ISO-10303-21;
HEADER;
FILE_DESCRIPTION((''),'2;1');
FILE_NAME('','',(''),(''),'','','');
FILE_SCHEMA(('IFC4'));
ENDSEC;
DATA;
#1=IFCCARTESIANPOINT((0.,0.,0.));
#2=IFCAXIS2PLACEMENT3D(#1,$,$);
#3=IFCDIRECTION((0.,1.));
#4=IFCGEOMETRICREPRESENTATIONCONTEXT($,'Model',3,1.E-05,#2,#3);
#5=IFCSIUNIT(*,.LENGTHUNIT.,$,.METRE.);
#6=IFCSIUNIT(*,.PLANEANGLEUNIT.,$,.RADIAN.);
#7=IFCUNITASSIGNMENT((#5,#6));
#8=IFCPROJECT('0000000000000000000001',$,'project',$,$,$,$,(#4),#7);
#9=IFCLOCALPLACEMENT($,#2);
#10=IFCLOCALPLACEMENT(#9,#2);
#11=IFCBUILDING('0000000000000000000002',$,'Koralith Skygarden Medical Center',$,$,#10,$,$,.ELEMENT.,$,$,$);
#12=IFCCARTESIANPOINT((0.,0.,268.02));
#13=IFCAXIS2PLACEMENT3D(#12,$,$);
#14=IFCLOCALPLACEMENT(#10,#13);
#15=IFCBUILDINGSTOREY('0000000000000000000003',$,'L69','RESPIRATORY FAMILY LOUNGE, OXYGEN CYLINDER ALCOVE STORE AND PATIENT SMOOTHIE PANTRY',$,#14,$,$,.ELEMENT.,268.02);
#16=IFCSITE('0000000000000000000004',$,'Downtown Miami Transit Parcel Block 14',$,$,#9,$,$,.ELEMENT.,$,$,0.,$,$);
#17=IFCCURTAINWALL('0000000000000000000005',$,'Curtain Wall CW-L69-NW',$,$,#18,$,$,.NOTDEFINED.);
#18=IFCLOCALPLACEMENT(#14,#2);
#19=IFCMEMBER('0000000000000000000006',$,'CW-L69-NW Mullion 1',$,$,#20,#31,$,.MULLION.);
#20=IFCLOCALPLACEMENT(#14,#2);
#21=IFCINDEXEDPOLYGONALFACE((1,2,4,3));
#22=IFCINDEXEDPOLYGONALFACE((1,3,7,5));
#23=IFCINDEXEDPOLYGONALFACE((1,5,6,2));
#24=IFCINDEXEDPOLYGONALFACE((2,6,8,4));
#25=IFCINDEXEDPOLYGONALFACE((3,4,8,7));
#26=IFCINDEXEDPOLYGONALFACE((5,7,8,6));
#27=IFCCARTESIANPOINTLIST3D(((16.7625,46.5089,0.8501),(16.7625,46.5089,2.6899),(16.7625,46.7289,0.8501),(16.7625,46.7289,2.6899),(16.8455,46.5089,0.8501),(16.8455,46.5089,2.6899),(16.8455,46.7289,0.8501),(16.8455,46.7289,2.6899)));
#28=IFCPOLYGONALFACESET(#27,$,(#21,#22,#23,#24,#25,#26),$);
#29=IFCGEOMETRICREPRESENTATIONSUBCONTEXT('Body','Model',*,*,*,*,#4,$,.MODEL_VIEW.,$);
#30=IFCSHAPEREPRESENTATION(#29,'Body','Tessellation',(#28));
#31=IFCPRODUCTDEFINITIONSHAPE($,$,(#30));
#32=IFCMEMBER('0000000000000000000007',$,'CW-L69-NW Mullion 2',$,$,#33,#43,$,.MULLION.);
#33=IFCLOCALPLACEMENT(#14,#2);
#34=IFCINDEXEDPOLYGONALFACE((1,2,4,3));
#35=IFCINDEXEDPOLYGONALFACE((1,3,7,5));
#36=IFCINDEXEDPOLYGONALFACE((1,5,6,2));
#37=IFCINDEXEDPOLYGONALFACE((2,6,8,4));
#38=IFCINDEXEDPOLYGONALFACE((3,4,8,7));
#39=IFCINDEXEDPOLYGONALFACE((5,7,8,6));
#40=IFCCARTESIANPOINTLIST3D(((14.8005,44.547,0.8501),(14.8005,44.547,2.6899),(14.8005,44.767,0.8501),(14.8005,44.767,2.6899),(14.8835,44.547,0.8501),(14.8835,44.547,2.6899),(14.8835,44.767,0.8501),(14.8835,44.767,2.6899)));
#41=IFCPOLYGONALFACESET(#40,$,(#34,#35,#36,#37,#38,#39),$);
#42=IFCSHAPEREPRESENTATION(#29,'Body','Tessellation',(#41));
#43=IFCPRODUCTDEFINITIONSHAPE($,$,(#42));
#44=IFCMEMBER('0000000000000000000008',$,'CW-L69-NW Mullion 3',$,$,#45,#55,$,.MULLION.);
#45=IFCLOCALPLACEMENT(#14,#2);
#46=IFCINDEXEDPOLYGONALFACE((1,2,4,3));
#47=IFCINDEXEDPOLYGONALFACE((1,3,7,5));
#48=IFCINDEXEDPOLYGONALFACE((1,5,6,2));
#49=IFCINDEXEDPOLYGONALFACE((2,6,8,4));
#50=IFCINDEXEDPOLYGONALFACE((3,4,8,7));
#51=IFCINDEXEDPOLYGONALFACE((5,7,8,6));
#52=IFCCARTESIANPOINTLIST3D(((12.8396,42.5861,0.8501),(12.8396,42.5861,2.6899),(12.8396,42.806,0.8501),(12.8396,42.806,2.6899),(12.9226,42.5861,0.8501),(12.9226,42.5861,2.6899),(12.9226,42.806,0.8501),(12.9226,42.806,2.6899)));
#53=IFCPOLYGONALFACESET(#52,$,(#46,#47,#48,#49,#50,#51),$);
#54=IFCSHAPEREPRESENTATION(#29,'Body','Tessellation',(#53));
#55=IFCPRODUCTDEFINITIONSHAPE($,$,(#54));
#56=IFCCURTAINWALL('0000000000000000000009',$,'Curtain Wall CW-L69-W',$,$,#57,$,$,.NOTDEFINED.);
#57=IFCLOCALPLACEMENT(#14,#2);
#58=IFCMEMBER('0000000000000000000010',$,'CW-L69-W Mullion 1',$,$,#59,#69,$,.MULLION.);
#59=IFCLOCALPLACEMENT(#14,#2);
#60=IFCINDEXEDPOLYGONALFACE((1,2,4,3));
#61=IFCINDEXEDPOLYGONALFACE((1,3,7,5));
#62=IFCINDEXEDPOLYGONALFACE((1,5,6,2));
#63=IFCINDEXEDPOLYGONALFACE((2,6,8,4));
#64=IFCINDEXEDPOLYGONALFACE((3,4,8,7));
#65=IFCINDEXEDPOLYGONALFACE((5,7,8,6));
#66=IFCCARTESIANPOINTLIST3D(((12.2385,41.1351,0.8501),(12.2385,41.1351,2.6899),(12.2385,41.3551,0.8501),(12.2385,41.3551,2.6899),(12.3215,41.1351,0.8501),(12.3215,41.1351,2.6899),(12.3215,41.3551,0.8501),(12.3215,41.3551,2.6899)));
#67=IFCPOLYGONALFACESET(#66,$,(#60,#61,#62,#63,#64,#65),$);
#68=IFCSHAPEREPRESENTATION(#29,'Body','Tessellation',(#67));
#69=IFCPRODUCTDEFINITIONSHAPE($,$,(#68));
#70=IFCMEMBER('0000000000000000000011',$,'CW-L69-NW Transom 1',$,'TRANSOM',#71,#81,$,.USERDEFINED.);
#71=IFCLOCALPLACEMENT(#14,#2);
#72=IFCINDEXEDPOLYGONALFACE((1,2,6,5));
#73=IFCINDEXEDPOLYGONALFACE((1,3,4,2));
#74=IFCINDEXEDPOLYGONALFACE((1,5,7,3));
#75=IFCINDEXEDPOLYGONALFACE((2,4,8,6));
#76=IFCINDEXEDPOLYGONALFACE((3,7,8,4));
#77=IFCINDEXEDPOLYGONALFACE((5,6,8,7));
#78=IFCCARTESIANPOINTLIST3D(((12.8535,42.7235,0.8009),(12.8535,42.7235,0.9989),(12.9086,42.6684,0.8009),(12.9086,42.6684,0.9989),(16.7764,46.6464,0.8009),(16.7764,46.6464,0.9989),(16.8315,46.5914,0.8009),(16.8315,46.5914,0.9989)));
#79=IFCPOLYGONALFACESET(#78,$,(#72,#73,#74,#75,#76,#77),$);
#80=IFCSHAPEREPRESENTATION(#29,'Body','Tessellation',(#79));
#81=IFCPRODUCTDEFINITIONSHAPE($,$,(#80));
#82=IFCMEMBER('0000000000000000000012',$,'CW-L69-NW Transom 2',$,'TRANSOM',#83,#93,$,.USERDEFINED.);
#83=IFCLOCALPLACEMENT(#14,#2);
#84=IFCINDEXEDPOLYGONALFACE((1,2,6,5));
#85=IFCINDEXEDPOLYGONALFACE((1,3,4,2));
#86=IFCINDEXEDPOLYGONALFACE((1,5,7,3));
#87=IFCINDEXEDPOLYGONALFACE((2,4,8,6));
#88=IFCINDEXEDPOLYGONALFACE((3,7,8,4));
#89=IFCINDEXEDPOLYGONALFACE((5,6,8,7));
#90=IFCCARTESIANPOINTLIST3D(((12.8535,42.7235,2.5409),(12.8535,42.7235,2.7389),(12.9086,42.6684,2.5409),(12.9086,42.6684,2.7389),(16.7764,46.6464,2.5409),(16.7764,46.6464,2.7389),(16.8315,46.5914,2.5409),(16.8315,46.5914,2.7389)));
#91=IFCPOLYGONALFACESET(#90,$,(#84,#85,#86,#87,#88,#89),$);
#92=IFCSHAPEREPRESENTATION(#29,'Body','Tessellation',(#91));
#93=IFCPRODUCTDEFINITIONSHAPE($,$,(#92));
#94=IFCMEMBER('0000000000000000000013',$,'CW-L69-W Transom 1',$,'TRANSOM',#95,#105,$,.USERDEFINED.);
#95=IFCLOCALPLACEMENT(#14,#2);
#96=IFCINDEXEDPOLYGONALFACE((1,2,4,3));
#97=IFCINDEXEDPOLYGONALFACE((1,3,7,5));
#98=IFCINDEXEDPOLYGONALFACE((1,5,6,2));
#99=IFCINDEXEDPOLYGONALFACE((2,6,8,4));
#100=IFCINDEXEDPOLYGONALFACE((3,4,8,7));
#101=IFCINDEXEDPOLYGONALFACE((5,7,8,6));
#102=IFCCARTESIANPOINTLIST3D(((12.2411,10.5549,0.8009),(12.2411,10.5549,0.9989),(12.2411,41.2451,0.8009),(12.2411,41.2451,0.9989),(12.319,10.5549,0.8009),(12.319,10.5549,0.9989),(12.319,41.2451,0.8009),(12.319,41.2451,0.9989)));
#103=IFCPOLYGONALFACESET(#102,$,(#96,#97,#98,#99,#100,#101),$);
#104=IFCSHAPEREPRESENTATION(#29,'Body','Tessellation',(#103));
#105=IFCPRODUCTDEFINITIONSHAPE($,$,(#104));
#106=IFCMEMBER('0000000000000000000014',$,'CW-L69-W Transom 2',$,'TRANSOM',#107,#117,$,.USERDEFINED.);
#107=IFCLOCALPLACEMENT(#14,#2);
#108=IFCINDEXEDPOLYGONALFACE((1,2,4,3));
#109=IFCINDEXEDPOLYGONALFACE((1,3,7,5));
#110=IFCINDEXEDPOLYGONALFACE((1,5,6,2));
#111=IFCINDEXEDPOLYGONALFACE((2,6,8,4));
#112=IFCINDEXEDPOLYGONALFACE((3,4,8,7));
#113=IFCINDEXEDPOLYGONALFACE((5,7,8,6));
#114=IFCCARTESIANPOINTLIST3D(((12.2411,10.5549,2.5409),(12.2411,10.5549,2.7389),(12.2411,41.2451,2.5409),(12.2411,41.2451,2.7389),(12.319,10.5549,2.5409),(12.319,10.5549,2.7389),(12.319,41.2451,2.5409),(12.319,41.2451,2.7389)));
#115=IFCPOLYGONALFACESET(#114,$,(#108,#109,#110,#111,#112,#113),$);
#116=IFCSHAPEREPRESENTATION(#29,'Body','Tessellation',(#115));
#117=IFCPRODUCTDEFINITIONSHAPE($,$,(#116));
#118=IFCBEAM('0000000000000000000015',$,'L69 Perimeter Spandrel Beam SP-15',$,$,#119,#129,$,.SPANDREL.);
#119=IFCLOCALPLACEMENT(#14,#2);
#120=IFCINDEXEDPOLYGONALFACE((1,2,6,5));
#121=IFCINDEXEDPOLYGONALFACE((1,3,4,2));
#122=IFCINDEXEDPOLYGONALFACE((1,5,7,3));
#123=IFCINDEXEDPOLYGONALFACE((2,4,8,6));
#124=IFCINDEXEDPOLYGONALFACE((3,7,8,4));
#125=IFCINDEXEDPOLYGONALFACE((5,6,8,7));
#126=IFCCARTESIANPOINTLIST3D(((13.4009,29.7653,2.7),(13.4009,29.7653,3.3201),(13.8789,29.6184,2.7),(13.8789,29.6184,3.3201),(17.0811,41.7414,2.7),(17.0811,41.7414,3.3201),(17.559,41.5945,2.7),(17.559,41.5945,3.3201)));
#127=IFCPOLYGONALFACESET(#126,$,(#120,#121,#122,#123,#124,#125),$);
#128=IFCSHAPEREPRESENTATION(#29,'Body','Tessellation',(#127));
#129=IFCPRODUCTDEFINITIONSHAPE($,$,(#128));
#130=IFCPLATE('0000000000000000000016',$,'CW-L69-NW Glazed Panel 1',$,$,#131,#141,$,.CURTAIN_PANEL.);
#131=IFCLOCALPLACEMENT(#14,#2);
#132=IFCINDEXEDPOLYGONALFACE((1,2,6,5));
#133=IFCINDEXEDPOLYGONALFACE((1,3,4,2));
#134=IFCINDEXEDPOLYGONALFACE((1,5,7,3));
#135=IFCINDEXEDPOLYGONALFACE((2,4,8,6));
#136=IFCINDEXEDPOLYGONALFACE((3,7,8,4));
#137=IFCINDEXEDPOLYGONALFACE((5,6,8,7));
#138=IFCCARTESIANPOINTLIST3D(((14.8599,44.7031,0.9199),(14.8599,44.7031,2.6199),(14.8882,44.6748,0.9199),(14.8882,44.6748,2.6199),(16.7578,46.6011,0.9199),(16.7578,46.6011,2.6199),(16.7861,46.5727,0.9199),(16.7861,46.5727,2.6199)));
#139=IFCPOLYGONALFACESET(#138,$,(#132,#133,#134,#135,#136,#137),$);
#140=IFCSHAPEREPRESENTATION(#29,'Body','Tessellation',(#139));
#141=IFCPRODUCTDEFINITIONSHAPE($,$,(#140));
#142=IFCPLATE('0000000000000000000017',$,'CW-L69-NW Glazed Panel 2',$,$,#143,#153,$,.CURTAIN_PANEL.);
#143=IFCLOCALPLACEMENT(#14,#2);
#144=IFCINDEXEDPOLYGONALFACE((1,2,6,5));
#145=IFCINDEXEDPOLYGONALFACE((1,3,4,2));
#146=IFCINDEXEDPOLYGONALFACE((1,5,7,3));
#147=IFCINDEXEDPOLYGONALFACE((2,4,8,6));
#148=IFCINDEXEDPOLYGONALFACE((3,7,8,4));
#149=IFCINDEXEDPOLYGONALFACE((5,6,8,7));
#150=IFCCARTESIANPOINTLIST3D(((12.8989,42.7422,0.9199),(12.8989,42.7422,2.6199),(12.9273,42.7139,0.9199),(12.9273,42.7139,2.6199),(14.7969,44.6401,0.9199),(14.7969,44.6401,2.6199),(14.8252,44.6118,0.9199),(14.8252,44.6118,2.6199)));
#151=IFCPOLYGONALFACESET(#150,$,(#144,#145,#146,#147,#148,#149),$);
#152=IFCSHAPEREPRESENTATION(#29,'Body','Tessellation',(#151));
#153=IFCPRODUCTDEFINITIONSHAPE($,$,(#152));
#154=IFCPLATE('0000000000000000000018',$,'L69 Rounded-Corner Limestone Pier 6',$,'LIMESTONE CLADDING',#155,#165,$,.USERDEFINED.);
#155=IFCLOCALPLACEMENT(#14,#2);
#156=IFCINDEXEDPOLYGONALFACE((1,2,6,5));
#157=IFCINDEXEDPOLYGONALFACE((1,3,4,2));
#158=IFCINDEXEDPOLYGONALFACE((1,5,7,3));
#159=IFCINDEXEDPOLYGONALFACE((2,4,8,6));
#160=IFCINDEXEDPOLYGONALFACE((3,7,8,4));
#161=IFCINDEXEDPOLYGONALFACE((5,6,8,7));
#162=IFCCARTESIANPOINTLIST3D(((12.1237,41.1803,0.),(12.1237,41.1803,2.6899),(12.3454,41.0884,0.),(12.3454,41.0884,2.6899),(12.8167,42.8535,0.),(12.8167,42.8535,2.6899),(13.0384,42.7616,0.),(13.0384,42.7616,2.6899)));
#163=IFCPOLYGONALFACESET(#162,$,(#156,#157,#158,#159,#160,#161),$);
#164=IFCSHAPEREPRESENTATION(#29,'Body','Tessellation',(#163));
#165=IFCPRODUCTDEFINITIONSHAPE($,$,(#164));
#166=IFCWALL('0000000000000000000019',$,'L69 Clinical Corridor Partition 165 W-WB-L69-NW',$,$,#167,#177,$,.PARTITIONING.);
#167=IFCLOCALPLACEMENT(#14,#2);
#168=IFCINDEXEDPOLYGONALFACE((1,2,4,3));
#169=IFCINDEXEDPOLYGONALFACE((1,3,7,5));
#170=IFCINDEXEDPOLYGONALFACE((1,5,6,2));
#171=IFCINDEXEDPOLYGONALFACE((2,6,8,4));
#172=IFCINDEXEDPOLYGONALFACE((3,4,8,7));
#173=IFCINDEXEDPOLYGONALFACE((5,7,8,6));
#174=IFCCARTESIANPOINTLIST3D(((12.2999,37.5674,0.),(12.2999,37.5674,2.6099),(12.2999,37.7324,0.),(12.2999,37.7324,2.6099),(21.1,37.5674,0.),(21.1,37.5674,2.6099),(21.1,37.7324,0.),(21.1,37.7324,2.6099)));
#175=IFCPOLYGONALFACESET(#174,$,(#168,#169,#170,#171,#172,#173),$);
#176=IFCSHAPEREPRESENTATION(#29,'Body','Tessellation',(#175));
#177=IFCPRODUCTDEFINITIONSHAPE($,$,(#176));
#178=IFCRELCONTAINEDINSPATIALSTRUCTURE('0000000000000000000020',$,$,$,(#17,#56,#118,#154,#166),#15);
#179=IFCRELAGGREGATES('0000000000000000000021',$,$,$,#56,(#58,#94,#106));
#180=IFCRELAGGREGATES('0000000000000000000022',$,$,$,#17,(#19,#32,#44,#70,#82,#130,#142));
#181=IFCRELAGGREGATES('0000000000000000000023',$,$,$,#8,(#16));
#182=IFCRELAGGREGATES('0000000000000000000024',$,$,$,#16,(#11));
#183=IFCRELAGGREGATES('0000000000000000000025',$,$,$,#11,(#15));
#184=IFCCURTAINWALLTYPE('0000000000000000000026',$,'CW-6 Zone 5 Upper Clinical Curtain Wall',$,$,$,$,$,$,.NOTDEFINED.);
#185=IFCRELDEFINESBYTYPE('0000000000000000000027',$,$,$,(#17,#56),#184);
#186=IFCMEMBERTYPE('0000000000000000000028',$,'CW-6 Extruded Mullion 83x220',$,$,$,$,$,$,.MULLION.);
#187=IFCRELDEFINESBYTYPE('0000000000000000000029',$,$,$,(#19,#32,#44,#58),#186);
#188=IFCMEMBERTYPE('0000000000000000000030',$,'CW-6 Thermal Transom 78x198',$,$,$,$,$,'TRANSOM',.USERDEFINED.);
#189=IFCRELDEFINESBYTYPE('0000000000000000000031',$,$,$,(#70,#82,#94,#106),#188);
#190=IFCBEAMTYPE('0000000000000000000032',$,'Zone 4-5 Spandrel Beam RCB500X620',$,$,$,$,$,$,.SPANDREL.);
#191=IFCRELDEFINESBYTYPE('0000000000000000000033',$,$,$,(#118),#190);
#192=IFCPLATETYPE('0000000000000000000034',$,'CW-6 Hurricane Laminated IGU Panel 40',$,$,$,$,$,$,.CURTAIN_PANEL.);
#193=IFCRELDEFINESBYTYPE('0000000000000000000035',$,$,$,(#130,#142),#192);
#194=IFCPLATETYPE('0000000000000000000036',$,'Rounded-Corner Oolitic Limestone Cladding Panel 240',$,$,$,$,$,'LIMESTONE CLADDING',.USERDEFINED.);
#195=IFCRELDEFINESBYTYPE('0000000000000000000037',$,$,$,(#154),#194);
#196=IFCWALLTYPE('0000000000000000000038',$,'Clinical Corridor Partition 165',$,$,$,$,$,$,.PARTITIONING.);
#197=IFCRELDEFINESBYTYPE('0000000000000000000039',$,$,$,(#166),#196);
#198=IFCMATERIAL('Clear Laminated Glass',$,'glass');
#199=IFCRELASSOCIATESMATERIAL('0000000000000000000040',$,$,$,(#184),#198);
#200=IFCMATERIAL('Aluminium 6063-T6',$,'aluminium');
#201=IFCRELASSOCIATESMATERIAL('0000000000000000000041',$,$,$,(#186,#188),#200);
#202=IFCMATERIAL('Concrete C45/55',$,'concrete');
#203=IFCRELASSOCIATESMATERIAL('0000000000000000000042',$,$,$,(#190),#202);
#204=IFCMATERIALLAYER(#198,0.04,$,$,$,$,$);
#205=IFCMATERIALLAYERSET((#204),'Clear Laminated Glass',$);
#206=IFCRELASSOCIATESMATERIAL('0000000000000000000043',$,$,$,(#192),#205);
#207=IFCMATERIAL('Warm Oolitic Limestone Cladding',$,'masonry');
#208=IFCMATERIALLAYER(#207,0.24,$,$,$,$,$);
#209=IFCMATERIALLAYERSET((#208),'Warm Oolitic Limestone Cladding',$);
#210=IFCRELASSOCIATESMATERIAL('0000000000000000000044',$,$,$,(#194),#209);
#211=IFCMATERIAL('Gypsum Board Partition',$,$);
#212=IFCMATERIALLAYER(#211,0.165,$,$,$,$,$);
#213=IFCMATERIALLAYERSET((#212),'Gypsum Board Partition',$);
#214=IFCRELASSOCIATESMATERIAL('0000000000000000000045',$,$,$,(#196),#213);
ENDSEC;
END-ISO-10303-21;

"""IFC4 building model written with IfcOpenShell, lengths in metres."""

from ifc_helpers import new_model, si_unit, direction, frame, frame_2d, origin, origin_2d, place, context, subcontext, project, spatial, rectangle, extrude, material, layer, layer_set, material_profile, profile_set, type_object, element, aggregate, save


model = new_model("IFC4")

# Units and contexts
model_context = context("Model", 3, precision=1e-05, world=origin(), true_north=direction((0.0, 1.0)))
body_context = subcontext(model_context, "Body", "Model", "MODEL_VIEW")
ifc_project = project(units=[si_unit("LENGTHUNIT", "METRE"), si_unit("PLANEANGLEUNIT", "RADIAN")], contexts=[model_context])

# Site, building, storey
site_placement = place(None, origin())
site = spatial("IfcSite", under=ifc_project, at=site_placement, Name="Downtown Miami Transit Parcel Block 14", CompositionType="ELEMENT", RefElevation=0.0)
building_placement = place(site_placement, origin())
building = spatial("IfcBuilding", under=site, at=building_placement, Name="Koralith Skygarden Medical Center", CompositionType="ELEMENT")
storey_placement = place(building_placement, frame((0.0, 0.0, 268.02)))
storey = spatial("IfcBuildingStorey", under=building, at=storey_placement, Name="L69", Description="RESPIRATORY FAMILY LOUNGE, OXYGEN CYLINDER ALCOVE STORE AND PATIENT SMOOTHIE PANTRY", CompositionType="ELEMENT", Elevation=268.02)

# Curtain wall, members
ifc_material_1 = material(Name="Clear Laminated Glass", Category="glass")
curtain_wall_type = type_object("IfcCurtainWallType", Name="CW-6 Zone 5 Upper Clinical Curtain Wall", PredefinedType="NOTDEFINED", material=ifc_material_1)
curtain_wall_1_placement = place(storey_placement, origin())
curtain_wall_1 = element("IfcCurtainWall", 1, at=curtain_wall_1_placement, inside=storey, type_object=curtain_wall_type, Name="Curtain Wall CW-L69-NW", PredefinedType="NOTDEFINED")
ifc_material_2 = material(Name="Aluminium 6063-T6", Category="aluminium")
ifc_material_profile_1 = material_profile(ifc_material_2, rectangle(XDim=0.083, YDim=0.22, at=origin_2d()), Name="MUL83X220")
ifc_profile_set_1 = profile_set([ifc_material_profile_1], Name="Aluminium 6063-T6")
member_type_1 = type_object("IfcMemberType", Name="CW-6 Extruded Mullion 83x220", PredefinedType="MULLION", material=ifc_profile_set_1)
member_1_placement = place(storey_placement, frame((16.804, 46.6189, 0.8501), z_axis=(0.0, 0.0, 1.0), x_axis=(1.0, 0.0, 0.0)))
member_1 = element("IfcMember", 2, at=member_1_placement, type_object=member_type_1, Name="CW-L69-NW Mullion 1", PredefinedType="MULLION", context=body_context, shape_type="SweptSolid", body=[
    extrude(rectangle(XDim=0.083, YDim=0.22, at=origin_2d()), origin(), (0.0, 0.0, 1.0), 1.8398),
])
member_2_placement = place(storey_placement, frame((14.842, 44.657, 0.8501), z_axis=(0.0, 0.0, 1.0), x_axis=(1.0, 0.0, 0.0)))
member_2 = element("IfcMember", 3, at=member_2_placement, type_object=member_type_1, Name="CW-L69-NW Mullion 2", PredefinedType="MULLION", context=body_context, shape_type="SweptSolid", body=[
    extrude(rectangle(XDim=0.083, YDim=0.22, at=origin_2d()), origin(), (0.0, 0.0, 1.0), 1.8398),
])
member_3_placement = place(storey_placement, frame((12.8811, 42.696, 0.8501), z_axis=(0.0, 0.0, 1.0), x_axis=(1.0, 0.0, 0.0)))
member_3 = element("IfcMember", 4, at=member_3_placement, type_object=member_type_1, Name="CW-L69-NW Mullion 3", PredefinedType="MULLION", context=body_context, shape_type="SweptSolid", body=[
    extrude(rectangle(XDim=0.083, YDim=0.22, at=origin_2d()), origin(), (0.0, 0.0, 1.0), 1.8398),
])

# Curtain wall, member
curtain_wall_2_placement = place(storey_placement, origin())
curtain_wall_2 = element("IfcCurtainWall", 5, at=curtain_wall_2_placement, inside=storey, type_object=curtain_wall_type, Name="Curtain Wall CW-L69-W", PredefinedType="NOTDEFINED")
member_4_placement = place(storey_placement, frame((12.28, 41.2451, 0.8501), z_axis=(0.0, 0.0, 1.0), x_axis=(1.0, 0.0, 0.0)))
member_4 = element("IfcMember", 6, at=member_4_placement, type_object=member_type_1, Name="CW-L69-W Mullion 1", PredefinedType="MULLION", context=body_context, shape_type="SweptSolid", body=[
    extrude(rectangle(XDim=0.083, YDim=0.22, at=origin_2d()), origin(), (0.0, 0.0, 1.0), 1.8398),
])

# Members
ifc_material_profile_2 = material_profile(ifc_material_2, rectangle(XDim=0.0779, YDim=0.198, at=origin_2d()), Name="TRN78X198")
ifc_profile_set_2 = profile_set([ifc_material_profile_2], Name="Aluminium 6063-T6")
member_type_2 = type_object("IfcMemberType", Name="CW-6 Thermal Transom 78x198", ElementType="TRANSOM", PredefinedType="USERDEFINED", material=ifc_profile_set_2)
member_5_placement = place(storey_placement, frame((16.804, 46.6189, 0.8999), z_axis=(-0.707107, -0.707107, 0.0), x_axis=(0.707107, -0.707107, 0.0)))
member_5 = element("IfcMember", 7, at=member_5_placement, type_object=member_type_2, Name="CW-L69-NW Transom 1", ObjectType="TRANSOM", PredefinedType="USERDEFINED", context=body_context, shape_type="SweptSolid", body=[
    extrude(rectangle(XDim=0.0779, YDim=0.198, at=origin_2d()), origin(), (0.0, 0.0, 1.0), 5.5479),
])
member_6_placement = place(storey_placement, frame((16.804, 46.6189, 2.6399), z_axis=(-0.707107, -0.707107, 0.0), x_axis=(0.707107, -0.707107, 0.0)))
member_6 = element("IfcMember", 8, at=member_6_placement, type_object=member_type_2, Name="CW-L69-NW Transom 2", ObjectType="TRANSOM", PredefinedType="USERDEFINED", context=body_context, shape_type="SweptSolid", body=[
    extrude(rectangle(XDim=0.0779, YDim=0.198, at=origin_2d()), origin(), (0.0, 0.0, 1.0), 5.5479),
])
member_7_placement = place(storey_placement, frame((12.28, 41.2451, 0.8999), z_axis=(0.0, -1.0, 0.0), x_axis=(1.0, 0.0, 0.0)))
member_7 = element("IfcMember", 9, at=member_7_placement, type_object=member_type_2, Name="CW-L69-W Transom 1", ObjectType="TRANSOM", PredefinedType="USERDEFINED", context=body_context, shape_type="SweptSolid", body=[
    extrude(rectangle(XDim=0.0779, YDim=0.198, at=origin_2d()), origin(), (0.0, 0.0, 1.0), 30.6902),
])
member_8_placement = place(storey_placement, frame((12.28, 41.2451, 2.6399), z_axis=(0.0, -1.0, 0.0), x_axis=(1.0, 0.0, 0.0)))
member_8 = element("IfcMember", 10, at=member_8_placement, type_object=member_type_2, Name="CW-L69-W Transom 2", ObjectType="TRANSOM", PredefinedType="USERDEFINED", context=body_context, shape_type="SweptSolid", body=[
    extrude(rectangle(XDim=0.0779, YDim=0.198, at=origin_2d()), origin(), (0.0, 0.0, 1.0), 30.6902),
])
aggregate(curtain_wall_2, [member_4, member_7, member_8])

# Beam
ifc_material_3 = material(Name="Concrete C45/55", Category="concrete")
ifc_material_profile_3 = material_profile(ifc_material_3, rectangle(XDim=0.5, YDim=0.6201, at=origin_2d()), Name="RCB500X620")
ifc_profile_set_3 = profile_set([ifc_material_profile_3], Name="Concrete C45/55")
beam_type = type_object("IfcBeamType", Name="Zone 4-5 Spandrel Beam RCB500X620", PredefinedType="SPANDREL", material=ifc_profile_set_3)
beam_placement = place(storey_placement, frame((17.3201, 41.668, 3.01), z_axis=(-0.293738, -0.955886, 0.0), x_axis=(0.955886, -0.293738, 0.0)))
element("IfcBeam", 11, at=beam_placement, inside=storey, type_object=beam_type, Name="L69 Perimeter Spandrel Beam SP-15", PredefinedType="SPANDREL", context=body_context, shape_type="SweptSolid", body=[
    extrude(rectangle(XDim=0.5, YDim=0.6201, at=origin_2d()), origin(), (0.0, 0.0, 1.0), 12.5288),
])

# Plates
ifc_layer_1 = layer(ifc_material_1, 0.04)
ifc_layer_set_1 = layer_set([ifc_layer_1], Name="Clear Laminated Glass")
plate_type_1 = type_object("IfcPlateType", Name="CW-6 Hurricane Laminated IGU Panel 40", PredefinedType="CURTAIN_PANEL", material=ifc_layer_set_1)
plate_1_placement = place(storey_placement, frame((15.823, 45.6379, 0.9199), z_axis=(0.0, 0.0, 1.0), x_axis=(-0.707107, -0.707107, 0.0)))
plate_1 = element("IfcPlate", 12, at=plate_1_placement, type_object=plate_type_1, Name="CW-L69-NW Glazed Panel 1", PredefinedType="CURTAIN_PANEL", context=body_context, shape_type="SweptSolid", body=[
    extrude(rectangle(XDim=2.6841, YDim=0.04, at=origin_2d()), origin(), (0.0, 0.0, 1.0), 1.7),
])
plate_2_placement = place(storey_placement, frame((13.8621, 43.677, 0.9199), z_axis=(0.0, 0.0, 1.0), x_axis=(-0.707107, -0.707107, 0.0)))
plate_2 = element("IfcPlate", 13, at=plate_2_placement, type_object=plate_type_1, Name="CW-L69-NW Glazed Panel 2", PredefinedType="CURTAIN_PANEL", context=body_context, shape_type="SweptSolid", body=[
    extrude(rectangle(XDim=2.6841, YDim=0.04, at=origin_2d()), origin(), (0.0, 0.0, 1.0), 1.7),
])
aggregate(curtain_wall_1, [member_1, member_2, member_3, member_5, member_6, plate_1, plate_2])
ifc_material_4 = material(Name="Warm Oolitic Limestone Cladding", Category="masonry")
ifc_layer_2 = layer(ifc_material_4, 0.24)
ifc_layer_set_2 = layer_set([ifc_layer_2], Name="Warm Oolitic Limestone Cladding")
plate_type_2 = type_object("IfcPlateType", Name="Rounded-Corner Oolitic Limestone Cladding Panel 240", ElementType="LIMESTONE CLADDING", PredefinedType="USERDEFINED", material=ifc_layer_set_2)
plate_3_placement = place(storey_placement, frame((12.5811, 41.9709, 0.0), z_axis=(0.0, 0.0, 1.0), x_axis=(-0.382671, -0.923885, 0.0)))
element("IfcPlate", 14, at=plate_3_placement, inside=storey, type_object=plate_type_2, Name="L69 Rounded-Corner Limestone Pier 6", ObjectType="LIMESTONE CLADDING", PredefinedType="USERDEFINED", context=body_context, shape_type="SweptSolid", body=[
    extrude(rectangle(XDim=1.811, YDim=0.24, at=origin_2d()), origin(), (0.0, 0.0, 1.0), 2.6899),
])

# Wall
ifc_material_5 = material(Name="Gypsum Board Partition")
ifc_layer_3 = layer(ifc_material_5, 0.165)
ifc_layer_set_3 = layer_set([ifc_layer_3], Name="Gypsum Board Partition")
wall_type_1 = type_object("IfcWallType", Name="Clinical Corridor Partition 165", PredefinedType="PARTITIONING", material=ifc_layer_set_3)
wall_1_placement = place(storey_placement, frame((12.3, 37.6499, 0.0), z_axis=(0.0, 0.0, 1.0), x_axis=(1.0, 0.0, 0.0)))
element("IfcWall", 15, at=wall_1_placement, inside=storey, type_object=wall_type_1, Name="L69 Clinical Corridor Partition 165 W-WB-L69-NW", PredefinedType="PARTITIONING", context=body_context, shape_type="SweptSolid", body=[
    extrude(rectangle(XDim=8.8, YDim=0.165, at=frame_2d((4.3999, 0.0))), origin(), (0.0, 0.0, 1.0), 2.6099),
])

save(model, "model.ifc")
